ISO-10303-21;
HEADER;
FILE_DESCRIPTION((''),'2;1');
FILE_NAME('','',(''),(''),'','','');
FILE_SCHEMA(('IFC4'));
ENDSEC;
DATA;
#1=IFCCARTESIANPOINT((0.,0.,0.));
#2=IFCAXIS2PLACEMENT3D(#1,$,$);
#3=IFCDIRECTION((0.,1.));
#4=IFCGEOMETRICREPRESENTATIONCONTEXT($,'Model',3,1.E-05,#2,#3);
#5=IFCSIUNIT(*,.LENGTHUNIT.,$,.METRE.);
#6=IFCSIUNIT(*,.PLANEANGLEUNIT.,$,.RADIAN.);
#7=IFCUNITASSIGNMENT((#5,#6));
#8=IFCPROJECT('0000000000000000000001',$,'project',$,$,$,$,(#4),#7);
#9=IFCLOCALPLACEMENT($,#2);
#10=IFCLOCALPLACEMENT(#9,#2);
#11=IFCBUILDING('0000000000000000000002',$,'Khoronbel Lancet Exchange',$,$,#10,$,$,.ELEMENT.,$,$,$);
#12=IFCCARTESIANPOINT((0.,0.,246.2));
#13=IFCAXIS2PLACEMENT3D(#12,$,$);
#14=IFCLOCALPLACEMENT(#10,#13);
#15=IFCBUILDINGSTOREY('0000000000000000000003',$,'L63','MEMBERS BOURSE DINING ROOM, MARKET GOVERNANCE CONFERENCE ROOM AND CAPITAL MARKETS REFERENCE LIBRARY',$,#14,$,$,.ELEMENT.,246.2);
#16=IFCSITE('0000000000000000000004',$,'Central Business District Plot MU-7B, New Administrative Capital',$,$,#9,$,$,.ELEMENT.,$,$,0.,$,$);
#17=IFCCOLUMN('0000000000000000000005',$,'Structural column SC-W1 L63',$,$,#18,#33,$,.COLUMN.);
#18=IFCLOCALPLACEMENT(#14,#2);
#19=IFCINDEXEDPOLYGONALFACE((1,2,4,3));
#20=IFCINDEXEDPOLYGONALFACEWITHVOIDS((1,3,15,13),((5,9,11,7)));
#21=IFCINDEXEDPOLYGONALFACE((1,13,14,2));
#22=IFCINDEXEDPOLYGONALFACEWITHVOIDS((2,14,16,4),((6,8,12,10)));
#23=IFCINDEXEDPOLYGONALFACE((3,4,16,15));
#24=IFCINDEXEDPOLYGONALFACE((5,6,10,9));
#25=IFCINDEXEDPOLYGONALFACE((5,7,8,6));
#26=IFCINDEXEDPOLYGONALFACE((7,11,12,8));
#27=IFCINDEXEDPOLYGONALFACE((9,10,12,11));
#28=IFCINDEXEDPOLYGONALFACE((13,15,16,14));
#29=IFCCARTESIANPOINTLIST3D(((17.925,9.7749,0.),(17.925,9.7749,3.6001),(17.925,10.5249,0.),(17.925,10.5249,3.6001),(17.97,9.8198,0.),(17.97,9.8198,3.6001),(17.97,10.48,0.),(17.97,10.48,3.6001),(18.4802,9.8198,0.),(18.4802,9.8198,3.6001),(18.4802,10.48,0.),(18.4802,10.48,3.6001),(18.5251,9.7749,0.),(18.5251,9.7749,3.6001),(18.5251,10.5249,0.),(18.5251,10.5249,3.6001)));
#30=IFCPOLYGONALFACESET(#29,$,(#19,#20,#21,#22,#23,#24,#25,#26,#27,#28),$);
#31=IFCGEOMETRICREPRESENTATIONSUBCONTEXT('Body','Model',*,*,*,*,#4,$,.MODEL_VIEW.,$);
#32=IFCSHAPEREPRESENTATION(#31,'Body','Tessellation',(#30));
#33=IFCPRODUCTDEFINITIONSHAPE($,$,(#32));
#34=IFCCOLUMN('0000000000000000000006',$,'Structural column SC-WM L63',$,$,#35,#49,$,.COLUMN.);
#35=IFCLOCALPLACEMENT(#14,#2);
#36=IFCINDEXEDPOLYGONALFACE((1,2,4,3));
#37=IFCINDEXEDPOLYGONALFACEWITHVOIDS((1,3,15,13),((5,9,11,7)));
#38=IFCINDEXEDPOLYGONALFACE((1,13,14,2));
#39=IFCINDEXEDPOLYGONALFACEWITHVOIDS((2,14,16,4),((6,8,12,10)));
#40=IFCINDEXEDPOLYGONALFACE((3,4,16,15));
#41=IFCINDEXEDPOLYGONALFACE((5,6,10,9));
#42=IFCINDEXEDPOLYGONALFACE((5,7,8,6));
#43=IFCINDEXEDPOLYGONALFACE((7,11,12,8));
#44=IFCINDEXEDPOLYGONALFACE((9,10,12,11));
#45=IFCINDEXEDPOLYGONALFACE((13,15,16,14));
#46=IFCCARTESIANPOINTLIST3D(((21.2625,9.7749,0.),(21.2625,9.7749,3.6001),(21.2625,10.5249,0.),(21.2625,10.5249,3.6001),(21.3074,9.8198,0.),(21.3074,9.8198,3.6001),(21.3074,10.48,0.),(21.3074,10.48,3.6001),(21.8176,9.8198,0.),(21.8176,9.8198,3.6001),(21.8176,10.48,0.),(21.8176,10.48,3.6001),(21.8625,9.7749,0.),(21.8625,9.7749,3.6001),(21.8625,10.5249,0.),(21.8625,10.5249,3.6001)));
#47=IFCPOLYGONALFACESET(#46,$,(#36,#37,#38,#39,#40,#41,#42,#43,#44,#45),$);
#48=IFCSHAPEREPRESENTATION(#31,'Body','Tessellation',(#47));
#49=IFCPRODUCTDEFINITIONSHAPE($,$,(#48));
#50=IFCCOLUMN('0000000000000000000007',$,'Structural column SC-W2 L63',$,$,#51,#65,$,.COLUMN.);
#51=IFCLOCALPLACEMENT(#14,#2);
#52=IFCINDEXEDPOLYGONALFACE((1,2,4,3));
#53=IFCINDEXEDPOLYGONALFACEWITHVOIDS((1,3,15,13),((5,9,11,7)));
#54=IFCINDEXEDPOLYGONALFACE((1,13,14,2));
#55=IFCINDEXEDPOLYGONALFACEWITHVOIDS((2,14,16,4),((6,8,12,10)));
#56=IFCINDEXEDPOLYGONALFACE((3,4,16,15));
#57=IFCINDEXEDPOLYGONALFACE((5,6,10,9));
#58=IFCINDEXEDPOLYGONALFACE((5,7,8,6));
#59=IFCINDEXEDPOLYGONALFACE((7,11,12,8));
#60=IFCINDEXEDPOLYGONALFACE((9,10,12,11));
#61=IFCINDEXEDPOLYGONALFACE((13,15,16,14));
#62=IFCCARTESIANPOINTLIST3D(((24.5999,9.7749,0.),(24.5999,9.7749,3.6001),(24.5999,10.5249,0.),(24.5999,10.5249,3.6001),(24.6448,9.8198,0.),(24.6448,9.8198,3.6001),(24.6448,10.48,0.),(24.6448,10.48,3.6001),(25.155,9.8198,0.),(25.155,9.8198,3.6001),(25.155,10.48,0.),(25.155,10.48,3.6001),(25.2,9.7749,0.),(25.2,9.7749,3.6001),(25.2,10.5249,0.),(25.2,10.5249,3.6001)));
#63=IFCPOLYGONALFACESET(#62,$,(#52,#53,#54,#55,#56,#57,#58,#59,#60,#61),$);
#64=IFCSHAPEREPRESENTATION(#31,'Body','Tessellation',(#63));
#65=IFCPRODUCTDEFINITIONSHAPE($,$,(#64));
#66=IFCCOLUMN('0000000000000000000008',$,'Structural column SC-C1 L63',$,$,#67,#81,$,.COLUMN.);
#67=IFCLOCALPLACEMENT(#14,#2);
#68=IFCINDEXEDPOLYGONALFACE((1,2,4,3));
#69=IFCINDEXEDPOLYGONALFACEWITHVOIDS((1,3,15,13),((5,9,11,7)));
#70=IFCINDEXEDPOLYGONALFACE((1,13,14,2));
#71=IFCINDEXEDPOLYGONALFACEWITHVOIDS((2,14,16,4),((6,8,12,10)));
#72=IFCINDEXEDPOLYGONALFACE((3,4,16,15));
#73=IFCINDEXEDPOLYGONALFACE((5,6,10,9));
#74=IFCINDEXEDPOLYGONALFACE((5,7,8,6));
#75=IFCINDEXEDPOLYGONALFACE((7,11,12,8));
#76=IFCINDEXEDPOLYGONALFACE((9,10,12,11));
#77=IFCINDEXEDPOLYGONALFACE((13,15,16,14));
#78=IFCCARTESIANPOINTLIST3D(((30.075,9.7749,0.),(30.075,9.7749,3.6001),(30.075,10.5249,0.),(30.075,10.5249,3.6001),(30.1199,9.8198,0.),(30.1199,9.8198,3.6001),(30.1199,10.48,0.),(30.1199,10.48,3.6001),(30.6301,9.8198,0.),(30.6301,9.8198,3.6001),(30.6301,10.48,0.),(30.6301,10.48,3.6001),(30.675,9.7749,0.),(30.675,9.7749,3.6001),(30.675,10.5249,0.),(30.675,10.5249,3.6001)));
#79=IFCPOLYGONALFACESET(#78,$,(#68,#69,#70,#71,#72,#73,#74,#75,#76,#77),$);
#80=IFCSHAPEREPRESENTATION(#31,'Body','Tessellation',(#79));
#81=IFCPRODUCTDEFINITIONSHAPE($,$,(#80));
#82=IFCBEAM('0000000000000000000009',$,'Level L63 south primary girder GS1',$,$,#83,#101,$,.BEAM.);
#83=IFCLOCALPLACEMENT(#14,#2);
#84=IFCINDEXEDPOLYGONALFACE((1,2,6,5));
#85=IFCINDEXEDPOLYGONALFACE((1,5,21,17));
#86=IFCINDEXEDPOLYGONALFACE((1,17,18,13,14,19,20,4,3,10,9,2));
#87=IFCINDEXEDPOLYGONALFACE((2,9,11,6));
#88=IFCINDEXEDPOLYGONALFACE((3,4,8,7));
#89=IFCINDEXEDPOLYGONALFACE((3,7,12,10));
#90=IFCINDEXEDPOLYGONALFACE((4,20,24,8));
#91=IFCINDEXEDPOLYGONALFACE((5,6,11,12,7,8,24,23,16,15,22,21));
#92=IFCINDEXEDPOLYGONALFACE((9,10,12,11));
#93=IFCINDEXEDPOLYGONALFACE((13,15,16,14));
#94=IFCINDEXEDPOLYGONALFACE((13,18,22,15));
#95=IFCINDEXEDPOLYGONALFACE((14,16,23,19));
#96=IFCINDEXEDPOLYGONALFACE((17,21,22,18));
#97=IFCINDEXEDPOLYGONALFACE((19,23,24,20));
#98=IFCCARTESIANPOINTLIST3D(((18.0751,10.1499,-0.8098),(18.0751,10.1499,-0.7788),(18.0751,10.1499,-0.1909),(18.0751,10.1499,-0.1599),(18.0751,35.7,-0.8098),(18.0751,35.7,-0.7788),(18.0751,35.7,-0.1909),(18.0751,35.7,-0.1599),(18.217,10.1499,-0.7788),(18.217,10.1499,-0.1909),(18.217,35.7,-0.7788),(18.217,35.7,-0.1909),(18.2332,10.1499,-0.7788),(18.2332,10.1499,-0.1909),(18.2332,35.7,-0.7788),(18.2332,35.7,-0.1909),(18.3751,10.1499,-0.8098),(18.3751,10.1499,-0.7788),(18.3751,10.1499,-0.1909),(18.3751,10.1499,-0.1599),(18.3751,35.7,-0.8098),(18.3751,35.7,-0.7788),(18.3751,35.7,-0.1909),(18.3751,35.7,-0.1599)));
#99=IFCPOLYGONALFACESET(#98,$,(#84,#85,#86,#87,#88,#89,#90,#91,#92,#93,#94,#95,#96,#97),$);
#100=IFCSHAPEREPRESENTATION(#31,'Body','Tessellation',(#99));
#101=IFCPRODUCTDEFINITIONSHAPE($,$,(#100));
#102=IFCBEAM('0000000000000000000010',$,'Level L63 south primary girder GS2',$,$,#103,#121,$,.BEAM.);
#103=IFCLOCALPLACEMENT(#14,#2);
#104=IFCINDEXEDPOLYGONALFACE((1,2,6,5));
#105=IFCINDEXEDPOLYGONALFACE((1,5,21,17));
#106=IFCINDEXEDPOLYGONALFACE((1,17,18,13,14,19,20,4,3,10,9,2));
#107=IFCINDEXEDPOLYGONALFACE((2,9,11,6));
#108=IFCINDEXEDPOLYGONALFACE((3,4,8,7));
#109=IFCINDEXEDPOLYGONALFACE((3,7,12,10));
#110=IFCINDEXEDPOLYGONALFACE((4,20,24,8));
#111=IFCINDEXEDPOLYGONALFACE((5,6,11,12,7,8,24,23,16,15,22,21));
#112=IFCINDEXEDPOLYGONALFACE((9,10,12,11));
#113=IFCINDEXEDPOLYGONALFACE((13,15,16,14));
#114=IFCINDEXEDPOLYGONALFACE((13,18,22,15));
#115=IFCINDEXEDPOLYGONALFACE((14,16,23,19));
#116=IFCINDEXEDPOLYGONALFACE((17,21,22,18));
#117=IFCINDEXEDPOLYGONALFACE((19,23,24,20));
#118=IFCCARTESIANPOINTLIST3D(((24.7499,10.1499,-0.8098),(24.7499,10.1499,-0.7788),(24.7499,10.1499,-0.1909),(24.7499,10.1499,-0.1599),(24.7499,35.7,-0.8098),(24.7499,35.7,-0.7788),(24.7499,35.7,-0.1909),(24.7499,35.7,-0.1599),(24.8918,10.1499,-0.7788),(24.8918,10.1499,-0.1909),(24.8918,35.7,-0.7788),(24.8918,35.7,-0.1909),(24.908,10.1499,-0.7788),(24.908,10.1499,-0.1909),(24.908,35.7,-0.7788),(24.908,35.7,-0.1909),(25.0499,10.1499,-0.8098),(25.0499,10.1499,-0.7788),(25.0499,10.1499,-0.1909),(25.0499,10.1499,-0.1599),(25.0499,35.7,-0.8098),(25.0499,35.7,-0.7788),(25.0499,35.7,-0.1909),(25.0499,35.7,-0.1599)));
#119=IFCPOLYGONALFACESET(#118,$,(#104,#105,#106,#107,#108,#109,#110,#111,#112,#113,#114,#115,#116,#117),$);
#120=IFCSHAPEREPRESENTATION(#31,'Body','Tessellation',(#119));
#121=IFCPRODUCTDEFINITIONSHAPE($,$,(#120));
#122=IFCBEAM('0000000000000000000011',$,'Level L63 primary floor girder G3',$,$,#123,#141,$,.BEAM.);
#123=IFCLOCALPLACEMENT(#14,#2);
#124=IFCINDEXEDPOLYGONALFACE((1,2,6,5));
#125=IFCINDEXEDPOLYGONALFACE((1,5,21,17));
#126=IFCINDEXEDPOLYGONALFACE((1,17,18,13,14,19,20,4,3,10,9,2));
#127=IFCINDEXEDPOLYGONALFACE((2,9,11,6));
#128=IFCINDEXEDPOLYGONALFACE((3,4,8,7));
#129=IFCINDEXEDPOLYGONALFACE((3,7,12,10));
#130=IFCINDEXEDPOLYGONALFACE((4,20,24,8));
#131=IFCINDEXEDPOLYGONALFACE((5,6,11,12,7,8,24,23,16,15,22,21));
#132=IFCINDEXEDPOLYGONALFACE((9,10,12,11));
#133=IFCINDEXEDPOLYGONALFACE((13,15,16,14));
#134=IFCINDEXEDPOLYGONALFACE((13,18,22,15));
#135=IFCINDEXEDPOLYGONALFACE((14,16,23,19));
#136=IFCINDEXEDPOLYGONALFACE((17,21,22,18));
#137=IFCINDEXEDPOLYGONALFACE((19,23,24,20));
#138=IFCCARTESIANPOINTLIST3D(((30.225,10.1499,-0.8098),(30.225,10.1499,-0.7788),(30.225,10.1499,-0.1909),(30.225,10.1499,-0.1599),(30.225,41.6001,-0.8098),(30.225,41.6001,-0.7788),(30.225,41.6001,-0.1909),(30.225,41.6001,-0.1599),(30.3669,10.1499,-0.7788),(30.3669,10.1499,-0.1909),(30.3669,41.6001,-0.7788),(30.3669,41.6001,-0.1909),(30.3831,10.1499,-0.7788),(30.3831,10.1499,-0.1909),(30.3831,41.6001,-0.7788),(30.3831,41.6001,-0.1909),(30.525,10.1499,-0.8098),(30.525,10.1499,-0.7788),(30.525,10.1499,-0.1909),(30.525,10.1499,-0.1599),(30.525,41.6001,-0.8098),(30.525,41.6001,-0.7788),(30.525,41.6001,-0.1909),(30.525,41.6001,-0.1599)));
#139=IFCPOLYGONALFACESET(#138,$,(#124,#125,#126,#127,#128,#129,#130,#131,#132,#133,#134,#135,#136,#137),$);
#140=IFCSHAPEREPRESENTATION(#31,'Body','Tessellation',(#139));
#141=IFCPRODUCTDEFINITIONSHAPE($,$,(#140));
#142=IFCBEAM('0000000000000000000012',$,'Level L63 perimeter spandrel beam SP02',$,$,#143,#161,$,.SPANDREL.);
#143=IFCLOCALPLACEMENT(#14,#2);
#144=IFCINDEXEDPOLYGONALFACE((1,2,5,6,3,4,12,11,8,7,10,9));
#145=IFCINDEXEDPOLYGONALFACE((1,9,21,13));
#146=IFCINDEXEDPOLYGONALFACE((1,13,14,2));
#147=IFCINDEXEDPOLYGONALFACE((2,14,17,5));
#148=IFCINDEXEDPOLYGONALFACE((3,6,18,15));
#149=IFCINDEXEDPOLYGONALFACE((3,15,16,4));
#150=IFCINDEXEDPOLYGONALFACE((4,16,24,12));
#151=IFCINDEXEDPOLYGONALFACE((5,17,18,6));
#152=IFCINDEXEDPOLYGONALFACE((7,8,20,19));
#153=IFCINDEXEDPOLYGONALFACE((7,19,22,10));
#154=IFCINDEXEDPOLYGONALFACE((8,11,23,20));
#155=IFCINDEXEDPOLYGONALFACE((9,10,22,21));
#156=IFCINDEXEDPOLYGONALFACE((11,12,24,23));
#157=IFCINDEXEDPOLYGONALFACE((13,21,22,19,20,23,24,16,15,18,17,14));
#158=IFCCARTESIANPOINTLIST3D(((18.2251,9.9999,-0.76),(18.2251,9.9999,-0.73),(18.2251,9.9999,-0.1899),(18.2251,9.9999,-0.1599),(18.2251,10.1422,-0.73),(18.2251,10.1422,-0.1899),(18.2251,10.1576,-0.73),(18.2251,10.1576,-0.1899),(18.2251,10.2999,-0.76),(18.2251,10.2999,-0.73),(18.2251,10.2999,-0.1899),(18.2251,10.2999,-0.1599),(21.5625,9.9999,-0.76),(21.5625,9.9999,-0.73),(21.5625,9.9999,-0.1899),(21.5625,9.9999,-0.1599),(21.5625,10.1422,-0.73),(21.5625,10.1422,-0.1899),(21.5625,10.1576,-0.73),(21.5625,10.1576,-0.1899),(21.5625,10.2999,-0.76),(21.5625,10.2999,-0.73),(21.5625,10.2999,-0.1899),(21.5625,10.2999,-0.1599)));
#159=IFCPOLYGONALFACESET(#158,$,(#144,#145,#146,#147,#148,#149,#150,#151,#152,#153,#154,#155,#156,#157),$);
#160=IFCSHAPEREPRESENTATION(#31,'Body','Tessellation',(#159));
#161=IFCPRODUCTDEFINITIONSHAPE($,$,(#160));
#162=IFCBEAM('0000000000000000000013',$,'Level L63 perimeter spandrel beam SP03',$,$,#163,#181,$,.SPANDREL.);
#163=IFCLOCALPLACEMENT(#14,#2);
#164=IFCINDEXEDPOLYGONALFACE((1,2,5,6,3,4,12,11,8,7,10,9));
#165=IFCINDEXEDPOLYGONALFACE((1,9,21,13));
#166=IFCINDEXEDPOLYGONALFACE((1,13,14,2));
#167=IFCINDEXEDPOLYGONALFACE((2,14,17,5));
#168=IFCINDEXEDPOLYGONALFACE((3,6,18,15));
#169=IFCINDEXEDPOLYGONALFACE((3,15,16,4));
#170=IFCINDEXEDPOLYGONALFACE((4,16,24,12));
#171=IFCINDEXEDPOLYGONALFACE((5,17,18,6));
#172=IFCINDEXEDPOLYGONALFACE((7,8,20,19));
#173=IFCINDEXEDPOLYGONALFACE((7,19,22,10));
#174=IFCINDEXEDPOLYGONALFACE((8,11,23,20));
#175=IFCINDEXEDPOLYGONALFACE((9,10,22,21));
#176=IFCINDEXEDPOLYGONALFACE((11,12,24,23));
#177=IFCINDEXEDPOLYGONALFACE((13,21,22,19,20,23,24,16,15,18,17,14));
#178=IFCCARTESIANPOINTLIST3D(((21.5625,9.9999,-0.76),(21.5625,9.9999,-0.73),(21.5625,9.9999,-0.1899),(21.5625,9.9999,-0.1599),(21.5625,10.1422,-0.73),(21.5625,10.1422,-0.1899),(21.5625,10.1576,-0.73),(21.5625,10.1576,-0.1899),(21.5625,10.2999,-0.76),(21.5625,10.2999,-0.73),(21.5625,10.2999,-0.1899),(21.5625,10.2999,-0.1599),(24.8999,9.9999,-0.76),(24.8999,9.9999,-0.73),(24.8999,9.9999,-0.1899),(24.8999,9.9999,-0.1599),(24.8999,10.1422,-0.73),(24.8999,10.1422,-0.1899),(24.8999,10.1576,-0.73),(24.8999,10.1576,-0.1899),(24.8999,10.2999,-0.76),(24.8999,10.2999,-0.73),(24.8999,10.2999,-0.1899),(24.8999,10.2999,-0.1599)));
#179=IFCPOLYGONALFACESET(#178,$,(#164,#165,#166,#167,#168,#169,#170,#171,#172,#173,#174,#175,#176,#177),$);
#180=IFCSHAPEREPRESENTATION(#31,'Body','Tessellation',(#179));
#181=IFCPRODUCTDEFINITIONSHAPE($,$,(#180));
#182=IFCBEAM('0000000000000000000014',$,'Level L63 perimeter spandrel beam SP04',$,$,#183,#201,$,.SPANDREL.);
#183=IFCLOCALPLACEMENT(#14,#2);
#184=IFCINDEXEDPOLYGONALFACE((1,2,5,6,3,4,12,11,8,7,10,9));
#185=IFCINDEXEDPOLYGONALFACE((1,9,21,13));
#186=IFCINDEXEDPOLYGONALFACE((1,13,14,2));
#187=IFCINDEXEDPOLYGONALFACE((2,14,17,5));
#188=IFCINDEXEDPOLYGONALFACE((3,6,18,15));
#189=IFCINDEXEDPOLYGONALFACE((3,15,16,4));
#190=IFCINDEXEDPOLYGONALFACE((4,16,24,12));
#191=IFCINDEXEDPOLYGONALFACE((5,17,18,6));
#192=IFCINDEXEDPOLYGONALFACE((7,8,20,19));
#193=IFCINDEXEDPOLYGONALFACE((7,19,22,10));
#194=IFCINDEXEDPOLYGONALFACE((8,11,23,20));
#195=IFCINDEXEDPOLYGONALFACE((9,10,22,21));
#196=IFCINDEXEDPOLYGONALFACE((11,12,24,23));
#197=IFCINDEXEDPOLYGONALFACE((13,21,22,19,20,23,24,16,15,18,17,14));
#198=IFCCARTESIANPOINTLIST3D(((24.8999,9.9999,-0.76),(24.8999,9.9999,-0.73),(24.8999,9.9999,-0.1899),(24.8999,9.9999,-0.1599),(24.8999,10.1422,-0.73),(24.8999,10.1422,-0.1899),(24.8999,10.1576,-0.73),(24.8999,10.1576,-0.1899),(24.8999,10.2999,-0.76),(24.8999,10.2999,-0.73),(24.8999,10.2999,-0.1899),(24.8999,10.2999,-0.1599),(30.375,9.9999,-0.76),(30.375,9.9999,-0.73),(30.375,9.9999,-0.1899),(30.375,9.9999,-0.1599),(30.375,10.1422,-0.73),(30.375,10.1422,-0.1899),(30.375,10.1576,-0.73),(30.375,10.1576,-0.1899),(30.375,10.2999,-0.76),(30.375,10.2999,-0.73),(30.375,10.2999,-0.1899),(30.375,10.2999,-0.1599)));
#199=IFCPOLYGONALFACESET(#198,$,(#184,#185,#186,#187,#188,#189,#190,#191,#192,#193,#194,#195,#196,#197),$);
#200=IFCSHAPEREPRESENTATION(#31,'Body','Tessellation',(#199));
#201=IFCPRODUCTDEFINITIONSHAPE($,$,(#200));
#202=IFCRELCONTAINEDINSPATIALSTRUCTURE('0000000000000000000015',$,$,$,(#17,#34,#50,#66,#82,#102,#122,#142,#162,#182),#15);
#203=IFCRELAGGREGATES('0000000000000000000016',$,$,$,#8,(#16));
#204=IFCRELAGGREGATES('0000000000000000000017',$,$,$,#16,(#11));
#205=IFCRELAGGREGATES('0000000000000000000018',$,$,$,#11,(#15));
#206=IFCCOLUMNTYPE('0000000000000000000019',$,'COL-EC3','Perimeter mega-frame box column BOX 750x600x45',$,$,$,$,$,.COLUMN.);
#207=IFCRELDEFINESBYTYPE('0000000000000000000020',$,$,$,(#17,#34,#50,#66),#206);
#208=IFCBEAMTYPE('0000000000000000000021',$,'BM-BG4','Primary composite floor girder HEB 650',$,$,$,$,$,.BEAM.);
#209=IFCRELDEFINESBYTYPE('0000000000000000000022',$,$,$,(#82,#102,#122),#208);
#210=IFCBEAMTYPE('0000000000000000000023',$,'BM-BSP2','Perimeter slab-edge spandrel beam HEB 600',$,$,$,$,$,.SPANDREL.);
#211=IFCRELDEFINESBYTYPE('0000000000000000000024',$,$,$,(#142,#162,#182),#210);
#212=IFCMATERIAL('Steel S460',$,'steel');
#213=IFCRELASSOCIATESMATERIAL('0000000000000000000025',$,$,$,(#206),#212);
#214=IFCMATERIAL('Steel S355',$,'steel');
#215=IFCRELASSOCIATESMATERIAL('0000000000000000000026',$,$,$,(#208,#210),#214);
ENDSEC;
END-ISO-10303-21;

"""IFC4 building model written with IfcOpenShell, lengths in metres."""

from ifc_helpers import new_model, si_unit, direction, frame, origin, origin_2d, place, context, subcontext, project, spatial, hollow_rectangle, i_section, extrude, material, material_profile, profile_set, type_object, element, save


model = new_model("IFC4")

# Units and contexts
model_context = context("Model", 3, precision=1e-05, world=origin(), true_north=direction((0.0, 1.0)))
body_context = subcontext(model_context, "Body", "Model", "MODEL_VIEW")
ifc_project = project(units=[si_unit("LENGTHUNIT", "METRE"), si_unit("PLANEANGLEUNIT", "RADIAN")], contexts=[model_context])

# Site, building, storey
site_placement = place(None, origin())
site = spatial("IfcSite", under=ifc_project, at=site_placement, Name="Central Business District Plot MU-7B, New Administrative Capital", CompositionType="ELEMENT", RefElevation=0.0)
building_placement = place(site_placement, origin())
building = spatial("IfcBuilding", under=site, at=building_placement, Name="Khoronbel Lancet Exchange", CompositionType="ELEMENT")
storey_placement = place(building_placement, frame((0.0, 0.0, 246.2)))
storey = spatial("IfcBuildingStorey", under=building, at=storey_placement, Name="L63", Description="MEMBERS BOURSE DINING ROOM, MARKET GOVERNANCE CONFERENCE ROOM AND CAPITAL MARKETS REFERENCE LIBRARY", CompositionType="ELEMENT", Elevation=246.2)

# Columns
ifc_material_1 = material(Name="Steel S460", Category="steel")
ifc_material_profile_1 = material_profile(ifc_material_1, hollow_rectangle(XDim=0.6001, YDim=0.75, WallThickness=0.0449, at=origin_2d()), Name="BOX 750x600x45")
ifc_profile_set_1 = profile_set([ifc_material_profile_1], Name="Steel S460")
column_type = type_object("IfcColumnType", Name="COL-EC3", Description="Perimeter mega-frame box column BOX 750x600x45", PredefinedType="COLUMN", material=ifc_profile_set_1)
for number, where, z_axis, x_axis, name in (
    (1, (18.2251, 10.1499, 0.0), (0.0, 0.0, 1.0), (1.0, 0.0, 0.0), "Structural column SC-W1 L63"),
    (2, (21.5625, 10.1499, 0.0), (0.0, 0.0, 1.0), (1.0, 0.0, 0.0), "Structural column SC-WM L63"),
    (3, (24.8999, 10.1499, 0.0), (0.0, 0.0, 1.0), (1.0, 0.0, 0.0), "Structural column SC-W2 L63"),
    (4, (30.375, 10.1499, 0.0), (0.0, 0.0, 1.0), (1.0, 0.0, 0.0), "Structural column SC-C1 L63"),
):
    element("IfcColumn", number, at=place(storey_placement, frame(where, z_axis=z_axis, x_axis=x_axis)), inside=storey, type_object=column_type, Name=name, PredefinedType="COLUMN", context=body_context, shape_type="SweptSolid", body=[
        extrude(hollow_rectangle(XDim=0.6001, YDim=0.75, WallThickness=0.0449, at=origin_2d()), origin(), (0.0, 0.0, 1.0), 3.6001),
    ])

# Beams
ifc_material_2 = material(Name="Steel S355", Category="steel")
ifc_material_profile_2 = material_profile(ifc_material_2, i_section(OverallWidth=0.3, OverallDepth=0.6499, WebThickness=0.0161, FlangeThickness=0.031, at=origin_2d()), Name="HEB 650")
ifc_profile_set_2 = profile_set([ifc_material_profile_2], Name="Steel S355")
beam_type_1 = type_object("IfcBeamType", Name="BM-BG4", Description="Primary composite floor girder HEB 650", PredefinedType="BEAM", material=ifc_profile_set_2)
for number, where, z_axis, x_axis, name in (
    (5, (18.2251, 10.1499, -0.4849), (0.0, 1.0, 0.0), (-1.0, 0.0, 0.0), "Level L63 south primary girder GS1"),
    (6, (24.8999, 10.1499, -0.4849), (0.0, 1.0, 0.0), (-1.0, 0.0, 0.0), "Level L63 south primary girder GS2"),
):
    element("IfcBeam", number, at=place(storey_placement, frame(where, z_axis=z_axis, x_axis=x_axis)), inside=storey, type_object=beam_type_1, Name=name, PredefinedType="BEAM", context=body_context, shape_type="SweptSolid", body=[
        extrude(i_section(OverallWidth=0.3, OverallDepth=0.6499, WebThickness=0.0161, FlangeThickness=0.031, at=origin_2d()), origin(), (0.0, 0.0, 1.0), 25.55),
    ])
beam_1_placement = place(storey_placement, frame((30.375, 10.1499, -0.4849), z_axis=(0.0, 1.0, 0.0), x_axis=(-1.0, 0.0, 0.0)))
element("IfcBeam", 7, at=beam_1_placement, inside=storey, type_object=beam_type_1, Name="Level L63 primary floor girder G3", PredefinedType="BEAM", context=body_context, shape_type="SweptSolid", body=[
    extrude(i_section(OverallWidth=0.3, OverallDepth=0.6499, WebThickness=0.0161, FlangeThickness=0.031, at=origin_2d()), origin(), (0.0, 0.0, 1.0), 31.4502),
])
ifc_material_profile_3 = material_profile(ifc_material_2, i_section(OverallWidth=0.3, OverallDepth=0.6001, WebThickness=0.0154, FlangeThickness=0.03, at=origin_2d()), Name="HEB 600")
ifc_profile_set_3 = profile_set([ifc_material_profile_3], Name="Steel S355")
beam_type_2 = type_object("IfcBeamType", Name="BM-BSP2", Description="Perimeter slab-edge spandrel beam HEB 600", PredefinedType="SPANDREL", material=ifc_profile_set_3)
for number, where, z_axis, x_axis, name in (
    (8, (18.2251, 10.1499, -0.46), (1.0, 0.0, 0.0), (0.0, 1.0, 0.0), "Level L63 perimeter spandrel beam SP02"),
    (9, (21.5625, 10.1499, -0.46), (1.0, 0.0, 0.0), (0.0, 1.0, 0.0), "Level L63 perimeter spandrel beam SP03"),
):
    element("IfcBeam", number, at=place(storey_placement, frame(where, z_axis=z_axis, x_axis=x_axis)), inside=storey, type_object=beam_type_2, Name=name, PredefinedType="SPANDREL", context=body_context, shape_type="SweptSolid", body=[
        extrude(i_section(OverallWidth=0.3, OverallDepth=0.6001, WebThickness=0.0154, FlangeThickness=0.03, at=origin_2d()), origin(), (0.0, 0.0, 1.0), 3.3374),
    ])
beam_2_placement = place(storey_placement, frame((24.8999, 10.1499, -0.46), z_axis=(1.0, 0.0, 0.0), x_axis=(0.0, 1.0, 0.0)))
element("IfcBeam", 10, at=beam_2_placement, inside=storey, type_object=beam_type_2, Name="Level L63 perimeter spandrel beam SP04", PredefinedType="SPANDREL", context=body_context, shape_type="SweptSolid", body=[
    extrude(i_section(OverallWidth=0.3, OverallDepth=0.6001, WebThickness=0.0154, FlangeThickness=0.03, at=origin_2d()), origin(), (0.0, 0.0, 1.0), 5.4751),
])

save(model, "model.ifc")
